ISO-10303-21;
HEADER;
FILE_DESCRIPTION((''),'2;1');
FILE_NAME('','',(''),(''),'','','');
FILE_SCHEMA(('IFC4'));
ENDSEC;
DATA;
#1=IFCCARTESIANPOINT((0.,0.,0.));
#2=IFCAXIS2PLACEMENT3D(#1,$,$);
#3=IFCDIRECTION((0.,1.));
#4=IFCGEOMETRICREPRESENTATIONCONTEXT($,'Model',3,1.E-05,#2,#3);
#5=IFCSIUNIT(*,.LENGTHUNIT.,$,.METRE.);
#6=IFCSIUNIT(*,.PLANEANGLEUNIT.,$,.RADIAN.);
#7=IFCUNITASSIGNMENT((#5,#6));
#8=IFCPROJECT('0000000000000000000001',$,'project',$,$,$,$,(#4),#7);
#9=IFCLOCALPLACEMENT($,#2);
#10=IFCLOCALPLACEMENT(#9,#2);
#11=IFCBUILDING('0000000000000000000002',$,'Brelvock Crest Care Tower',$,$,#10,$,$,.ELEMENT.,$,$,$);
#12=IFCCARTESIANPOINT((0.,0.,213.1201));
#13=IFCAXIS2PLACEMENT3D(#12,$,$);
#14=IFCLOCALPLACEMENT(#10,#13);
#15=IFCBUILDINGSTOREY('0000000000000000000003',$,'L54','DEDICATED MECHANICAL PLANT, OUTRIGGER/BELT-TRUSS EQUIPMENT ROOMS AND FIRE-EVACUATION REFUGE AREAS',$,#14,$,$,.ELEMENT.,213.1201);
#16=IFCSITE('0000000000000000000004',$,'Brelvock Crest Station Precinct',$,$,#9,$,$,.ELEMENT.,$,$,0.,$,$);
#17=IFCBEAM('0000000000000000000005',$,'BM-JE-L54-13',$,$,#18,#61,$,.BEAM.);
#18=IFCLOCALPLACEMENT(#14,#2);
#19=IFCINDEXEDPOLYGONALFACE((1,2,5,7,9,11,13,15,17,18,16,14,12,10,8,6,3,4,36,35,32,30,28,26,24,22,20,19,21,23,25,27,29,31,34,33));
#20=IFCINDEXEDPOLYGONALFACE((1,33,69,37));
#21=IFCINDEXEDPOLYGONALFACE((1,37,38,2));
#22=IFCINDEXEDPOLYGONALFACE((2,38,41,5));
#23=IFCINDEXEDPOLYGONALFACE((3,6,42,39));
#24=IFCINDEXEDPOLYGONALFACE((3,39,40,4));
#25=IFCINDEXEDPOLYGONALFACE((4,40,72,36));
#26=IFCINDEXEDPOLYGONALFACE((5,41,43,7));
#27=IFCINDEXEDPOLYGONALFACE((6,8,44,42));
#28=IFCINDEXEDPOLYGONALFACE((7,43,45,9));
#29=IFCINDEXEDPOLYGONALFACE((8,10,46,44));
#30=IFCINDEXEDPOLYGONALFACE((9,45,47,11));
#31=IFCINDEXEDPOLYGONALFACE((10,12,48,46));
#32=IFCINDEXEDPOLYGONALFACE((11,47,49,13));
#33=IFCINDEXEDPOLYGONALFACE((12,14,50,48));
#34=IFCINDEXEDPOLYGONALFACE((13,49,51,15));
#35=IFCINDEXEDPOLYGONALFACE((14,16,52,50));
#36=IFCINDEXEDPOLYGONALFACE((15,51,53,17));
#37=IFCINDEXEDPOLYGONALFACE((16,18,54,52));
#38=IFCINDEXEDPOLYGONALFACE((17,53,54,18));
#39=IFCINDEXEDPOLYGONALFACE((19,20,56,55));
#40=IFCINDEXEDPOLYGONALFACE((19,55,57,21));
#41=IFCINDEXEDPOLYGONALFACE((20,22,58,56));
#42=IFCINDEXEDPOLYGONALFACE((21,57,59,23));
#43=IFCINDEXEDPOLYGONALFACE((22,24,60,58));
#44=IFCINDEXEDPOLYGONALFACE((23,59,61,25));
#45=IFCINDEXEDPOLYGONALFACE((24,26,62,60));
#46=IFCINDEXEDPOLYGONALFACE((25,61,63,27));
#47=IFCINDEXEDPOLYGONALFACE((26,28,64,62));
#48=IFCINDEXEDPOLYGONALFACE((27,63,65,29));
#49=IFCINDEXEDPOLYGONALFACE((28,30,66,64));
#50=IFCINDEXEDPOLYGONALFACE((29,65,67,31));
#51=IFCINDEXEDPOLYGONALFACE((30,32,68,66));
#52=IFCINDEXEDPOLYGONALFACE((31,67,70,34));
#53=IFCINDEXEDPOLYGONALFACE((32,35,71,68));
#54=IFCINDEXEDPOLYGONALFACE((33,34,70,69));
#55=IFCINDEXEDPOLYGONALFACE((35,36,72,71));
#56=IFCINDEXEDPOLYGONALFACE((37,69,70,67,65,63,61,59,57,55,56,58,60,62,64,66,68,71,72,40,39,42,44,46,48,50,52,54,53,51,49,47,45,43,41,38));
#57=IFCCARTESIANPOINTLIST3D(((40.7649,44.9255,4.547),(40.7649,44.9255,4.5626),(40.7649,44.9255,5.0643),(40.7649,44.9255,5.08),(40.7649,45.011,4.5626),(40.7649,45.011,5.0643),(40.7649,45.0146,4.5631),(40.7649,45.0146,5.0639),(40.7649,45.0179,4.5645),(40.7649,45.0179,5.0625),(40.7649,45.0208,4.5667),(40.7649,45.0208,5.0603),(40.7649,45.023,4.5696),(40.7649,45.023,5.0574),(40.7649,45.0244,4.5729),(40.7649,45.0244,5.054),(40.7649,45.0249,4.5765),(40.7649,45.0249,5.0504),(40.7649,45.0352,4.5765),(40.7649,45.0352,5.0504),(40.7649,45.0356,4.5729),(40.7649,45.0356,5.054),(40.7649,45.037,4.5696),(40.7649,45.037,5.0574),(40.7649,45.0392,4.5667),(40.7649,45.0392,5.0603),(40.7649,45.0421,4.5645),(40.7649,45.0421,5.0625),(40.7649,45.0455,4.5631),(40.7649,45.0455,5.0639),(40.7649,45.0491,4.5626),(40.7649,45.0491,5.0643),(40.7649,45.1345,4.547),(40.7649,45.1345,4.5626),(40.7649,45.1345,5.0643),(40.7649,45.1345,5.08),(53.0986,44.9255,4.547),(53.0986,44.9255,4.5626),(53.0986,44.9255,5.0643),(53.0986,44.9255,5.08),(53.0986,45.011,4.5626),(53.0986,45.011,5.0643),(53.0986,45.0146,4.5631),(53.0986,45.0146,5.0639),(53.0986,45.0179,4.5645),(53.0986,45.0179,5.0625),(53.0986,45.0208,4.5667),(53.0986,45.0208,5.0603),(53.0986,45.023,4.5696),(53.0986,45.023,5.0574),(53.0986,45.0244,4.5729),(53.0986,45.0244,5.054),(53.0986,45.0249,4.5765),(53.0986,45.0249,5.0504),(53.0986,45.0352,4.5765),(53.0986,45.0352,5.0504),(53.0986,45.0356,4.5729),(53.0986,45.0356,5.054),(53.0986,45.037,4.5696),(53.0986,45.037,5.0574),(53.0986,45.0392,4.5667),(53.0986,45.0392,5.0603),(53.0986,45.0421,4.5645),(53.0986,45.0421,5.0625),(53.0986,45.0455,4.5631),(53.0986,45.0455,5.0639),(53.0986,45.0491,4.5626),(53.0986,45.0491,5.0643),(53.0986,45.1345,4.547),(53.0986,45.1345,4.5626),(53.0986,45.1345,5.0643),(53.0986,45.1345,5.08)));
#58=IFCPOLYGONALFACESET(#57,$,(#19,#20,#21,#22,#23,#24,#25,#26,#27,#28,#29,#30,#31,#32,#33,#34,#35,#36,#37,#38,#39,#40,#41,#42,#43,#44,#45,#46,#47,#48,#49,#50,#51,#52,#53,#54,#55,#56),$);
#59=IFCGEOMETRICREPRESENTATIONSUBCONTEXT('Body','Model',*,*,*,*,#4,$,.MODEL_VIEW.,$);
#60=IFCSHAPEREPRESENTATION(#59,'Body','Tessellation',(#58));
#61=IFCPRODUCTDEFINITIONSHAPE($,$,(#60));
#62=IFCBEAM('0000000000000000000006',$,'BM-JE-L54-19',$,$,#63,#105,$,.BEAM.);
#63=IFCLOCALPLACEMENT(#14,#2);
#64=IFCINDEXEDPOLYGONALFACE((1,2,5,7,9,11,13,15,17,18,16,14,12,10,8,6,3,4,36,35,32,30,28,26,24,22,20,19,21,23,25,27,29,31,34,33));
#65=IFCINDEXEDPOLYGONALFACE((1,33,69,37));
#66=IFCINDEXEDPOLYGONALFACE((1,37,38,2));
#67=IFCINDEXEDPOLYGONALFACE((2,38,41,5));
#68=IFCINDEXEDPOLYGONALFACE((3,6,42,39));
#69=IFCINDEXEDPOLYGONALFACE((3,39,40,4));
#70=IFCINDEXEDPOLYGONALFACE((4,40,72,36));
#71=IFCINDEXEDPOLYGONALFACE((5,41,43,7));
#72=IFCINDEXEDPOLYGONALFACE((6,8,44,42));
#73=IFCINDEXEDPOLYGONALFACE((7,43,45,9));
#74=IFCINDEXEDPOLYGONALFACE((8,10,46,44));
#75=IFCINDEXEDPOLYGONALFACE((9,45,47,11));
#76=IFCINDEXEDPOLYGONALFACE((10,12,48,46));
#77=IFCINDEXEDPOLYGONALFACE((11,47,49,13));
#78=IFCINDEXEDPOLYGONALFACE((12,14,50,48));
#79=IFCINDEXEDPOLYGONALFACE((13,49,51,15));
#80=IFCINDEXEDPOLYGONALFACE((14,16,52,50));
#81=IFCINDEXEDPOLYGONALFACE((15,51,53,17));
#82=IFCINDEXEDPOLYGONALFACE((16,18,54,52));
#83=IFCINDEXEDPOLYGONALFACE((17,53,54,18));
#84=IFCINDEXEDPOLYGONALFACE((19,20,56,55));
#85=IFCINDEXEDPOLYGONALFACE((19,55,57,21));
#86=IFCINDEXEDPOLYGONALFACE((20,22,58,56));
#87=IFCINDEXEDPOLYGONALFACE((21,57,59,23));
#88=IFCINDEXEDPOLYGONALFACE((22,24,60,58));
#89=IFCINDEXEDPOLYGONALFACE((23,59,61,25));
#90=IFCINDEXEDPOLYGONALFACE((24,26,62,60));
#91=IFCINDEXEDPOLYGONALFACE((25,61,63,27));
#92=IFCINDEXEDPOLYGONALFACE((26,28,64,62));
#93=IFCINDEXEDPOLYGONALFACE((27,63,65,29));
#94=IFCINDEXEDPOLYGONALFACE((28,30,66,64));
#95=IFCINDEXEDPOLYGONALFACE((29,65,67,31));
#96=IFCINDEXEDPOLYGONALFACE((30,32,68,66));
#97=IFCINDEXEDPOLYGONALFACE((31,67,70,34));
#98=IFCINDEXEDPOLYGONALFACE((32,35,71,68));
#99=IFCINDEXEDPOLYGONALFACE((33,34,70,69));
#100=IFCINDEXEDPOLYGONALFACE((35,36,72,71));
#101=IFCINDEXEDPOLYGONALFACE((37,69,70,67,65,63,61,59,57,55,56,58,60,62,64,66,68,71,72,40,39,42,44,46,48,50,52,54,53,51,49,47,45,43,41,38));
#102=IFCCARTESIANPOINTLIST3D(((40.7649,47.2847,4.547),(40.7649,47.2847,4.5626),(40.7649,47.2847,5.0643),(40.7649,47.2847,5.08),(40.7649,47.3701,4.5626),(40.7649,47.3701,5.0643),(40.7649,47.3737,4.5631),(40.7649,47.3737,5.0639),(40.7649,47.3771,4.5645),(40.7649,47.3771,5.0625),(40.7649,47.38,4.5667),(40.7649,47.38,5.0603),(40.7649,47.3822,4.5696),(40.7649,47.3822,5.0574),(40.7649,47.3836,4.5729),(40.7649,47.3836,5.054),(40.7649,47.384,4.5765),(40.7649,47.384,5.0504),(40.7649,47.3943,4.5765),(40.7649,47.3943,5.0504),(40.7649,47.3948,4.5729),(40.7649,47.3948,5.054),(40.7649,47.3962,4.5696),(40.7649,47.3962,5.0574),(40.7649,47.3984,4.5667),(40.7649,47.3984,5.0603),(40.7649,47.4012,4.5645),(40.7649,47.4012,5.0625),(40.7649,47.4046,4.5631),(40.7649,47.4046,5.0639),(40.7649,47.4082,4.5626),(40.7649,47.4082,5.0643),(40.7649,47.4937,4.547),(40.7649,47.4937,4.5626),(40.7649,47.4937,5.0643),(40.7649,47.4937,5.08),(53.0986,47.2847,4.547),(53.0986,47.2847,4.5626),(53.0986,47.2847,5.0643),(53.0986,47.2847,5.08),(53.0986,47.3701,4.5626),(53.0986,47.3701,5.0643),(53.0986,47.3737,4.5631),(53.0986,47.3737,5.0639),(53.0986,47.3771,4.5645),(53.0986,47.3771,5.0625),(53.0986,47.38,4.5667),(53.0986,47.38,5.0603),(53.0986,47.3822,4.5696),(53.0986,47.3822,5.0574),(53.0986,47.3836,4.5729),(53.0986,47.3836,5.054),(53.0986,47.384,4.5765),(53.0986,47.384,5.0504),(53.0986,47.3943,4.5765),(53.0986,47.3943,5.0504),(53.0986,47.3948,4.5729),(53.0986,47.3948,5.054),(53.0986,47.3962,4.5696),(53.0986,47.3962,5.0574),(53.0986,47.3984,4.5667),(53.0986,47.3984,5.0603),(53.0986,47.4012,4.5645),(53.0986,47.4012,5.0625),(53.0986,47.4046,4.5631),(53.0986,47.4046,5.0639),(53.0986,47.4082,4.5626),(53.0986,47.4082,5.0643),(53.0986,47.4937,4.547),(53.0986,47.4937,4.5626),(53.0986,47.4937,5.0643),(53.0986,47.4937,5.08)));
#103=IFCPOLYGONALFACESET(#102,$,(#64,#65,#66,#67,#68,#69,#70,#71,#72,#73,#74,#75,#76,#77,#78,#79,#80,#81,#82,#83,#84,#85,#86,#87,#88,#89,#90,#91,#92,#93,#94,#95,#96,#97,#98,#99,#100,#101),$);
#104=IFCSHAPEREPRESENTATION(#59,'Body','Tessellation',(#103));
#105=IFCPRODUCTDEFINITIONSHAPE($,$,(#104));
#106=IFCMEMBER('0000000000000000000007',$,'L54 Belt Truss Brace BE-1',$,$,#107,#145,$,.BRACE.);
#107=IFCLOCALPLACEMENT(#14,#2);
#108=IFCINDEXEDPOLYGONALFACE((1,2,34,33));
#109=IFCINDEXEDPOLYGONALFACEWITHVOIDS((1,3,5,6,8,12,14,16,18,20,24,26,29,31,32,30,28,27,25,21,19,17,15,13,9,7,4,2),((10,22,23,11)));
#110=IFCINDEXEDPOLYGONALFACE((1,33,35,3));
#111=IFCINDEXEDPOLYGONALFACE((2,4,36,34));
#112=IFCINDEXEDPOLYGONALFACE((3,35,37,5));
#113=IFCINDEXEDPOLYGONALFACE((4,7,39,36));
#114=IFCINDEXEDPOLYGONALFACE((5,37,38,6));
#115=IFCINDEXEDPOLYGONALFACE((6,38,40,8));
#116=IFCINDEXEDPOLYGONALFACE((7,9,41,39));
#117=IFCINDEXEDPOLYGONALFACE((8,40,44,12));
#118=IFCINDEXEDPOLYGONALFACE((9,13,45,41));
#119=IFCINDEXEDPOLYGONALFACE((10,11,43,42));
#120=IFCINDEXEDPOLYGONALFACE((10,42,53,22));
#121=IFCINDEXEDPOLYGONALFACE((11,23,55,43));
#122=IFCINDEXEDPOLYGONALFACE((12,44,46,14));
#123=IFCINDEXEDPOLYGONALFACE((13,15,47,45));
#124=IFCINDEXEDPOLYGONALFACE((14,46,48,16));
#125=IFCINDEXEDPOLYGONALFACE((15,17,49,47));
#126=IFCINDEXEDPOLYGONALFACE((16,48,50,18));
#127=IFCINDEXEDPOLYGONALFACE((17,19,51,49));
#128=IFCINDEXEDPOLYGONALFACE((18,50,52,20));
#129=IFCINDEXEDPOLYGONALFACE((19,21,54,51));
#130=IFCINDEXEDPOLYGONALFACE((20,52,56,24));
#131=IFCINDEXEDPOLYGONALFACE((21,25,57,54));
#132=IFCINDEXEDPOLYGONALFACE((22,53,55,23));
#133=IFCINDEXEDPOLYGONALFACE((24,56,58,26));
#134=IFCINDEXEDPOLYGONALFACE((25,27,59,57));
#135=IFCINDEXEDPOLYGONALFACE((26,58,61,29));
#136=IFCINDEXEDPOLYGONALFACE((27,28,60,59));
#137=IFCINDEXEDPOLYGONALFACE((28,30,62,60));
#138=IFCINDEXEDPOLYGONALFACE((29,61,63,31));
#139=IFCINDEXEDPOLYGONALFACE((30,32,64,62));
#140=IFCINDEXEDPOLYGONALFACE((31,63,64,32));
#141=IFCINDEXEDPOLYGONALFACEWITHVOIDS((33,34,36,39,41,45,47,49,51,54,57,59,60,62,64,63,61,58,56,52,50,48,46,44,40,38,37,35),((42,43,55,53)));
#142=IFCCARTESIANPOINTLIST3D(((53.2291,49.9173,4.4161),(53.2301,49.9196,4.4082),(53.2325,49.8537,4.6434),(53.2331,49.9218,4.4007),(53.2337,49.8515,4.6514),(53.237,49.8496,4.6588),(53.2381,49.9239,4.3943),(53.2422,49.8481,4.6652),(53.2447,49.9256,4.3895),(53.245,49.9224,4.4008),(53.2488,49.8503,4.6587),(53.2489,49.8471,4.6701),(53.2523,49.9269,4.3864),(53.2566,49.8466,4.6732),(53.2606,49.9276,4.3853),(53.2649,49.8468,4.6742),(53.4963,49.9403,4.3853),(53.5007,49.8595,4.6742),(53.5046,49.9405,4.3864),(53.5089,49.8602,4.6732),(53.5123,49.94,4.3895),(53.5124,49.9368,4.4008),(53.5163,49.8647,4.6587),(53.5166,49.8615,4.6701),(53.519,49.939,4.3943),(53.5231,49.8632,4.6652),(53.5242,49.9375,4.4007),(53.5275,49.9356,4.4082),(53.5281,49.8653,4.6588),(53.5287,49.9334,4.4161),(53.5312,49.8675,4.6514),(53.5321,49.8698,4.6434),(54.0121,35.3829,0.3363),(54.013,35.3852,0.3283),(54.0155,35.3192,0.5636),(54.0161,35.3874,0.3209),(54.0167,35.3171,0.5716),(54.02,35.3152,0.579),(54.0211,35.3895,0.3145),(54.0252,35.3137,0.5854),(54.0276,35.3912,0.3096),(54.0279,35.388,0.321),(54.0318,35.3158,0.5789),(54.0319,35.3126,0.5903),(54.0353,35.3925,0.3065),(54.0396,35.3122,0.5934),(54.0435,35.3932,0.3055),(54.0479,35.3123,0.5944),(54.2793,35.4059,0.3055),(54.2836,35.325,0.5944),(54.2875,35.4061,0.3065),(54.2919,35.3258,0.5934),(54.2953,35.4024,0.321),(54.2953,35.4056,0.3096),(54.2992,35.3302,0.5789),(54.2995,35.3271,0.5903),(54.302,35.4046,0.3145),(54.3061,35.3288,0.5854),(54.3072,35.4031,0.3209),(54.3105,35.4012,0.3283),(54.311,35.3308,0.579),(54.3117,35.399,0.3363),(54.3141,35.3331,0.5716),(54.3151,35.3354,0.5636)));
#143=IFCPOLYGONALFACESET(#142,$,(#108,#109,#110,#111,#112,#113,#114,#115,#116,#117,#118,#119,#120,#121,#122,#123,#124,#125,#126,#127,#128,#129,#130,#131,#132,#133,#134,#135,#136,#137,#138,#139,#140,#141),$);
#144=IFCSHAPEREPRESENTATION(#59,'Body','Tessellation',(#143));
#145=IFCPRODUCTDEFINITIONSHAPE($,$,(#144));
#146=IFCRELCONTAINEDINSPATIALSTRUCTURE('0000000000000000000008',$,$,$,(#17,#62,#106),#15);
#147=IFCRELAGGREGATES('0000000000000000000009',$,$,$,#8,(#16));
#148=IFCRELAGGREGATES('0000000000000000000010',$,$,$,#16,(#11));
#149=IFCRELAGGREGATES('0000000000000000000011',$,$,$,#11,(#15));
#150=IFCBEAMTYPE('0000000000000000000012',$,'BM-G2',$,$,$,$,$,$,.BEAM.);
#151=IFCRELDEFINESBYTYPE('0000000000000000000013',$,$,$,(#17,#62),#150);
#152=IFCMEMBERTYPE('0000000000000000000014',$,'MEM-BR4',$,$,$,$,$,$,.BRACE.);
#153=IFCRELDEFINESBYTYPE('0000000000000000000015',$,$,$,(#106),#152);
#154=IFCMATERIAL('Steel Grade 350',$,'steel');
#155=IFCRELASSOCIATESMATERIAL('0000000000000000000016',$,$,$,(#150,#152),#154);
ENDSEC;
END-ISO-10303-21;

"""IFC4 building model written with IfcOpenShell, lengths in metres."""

from ifc_helpers import new_model, si_unit, direction, frame, origin, origin_2d, place, context, subcontext, project, spatial, hollow_rectangle, i_section, extrude, source, transform, mapped, material, material_profile, profile_set, type_object, element, save


model = new_model("IFC4")

# Units and contexts
model_context = context("Model", 3, precision=1e-05, world=origin(), true_north=direction((0.0, 1.0)))
body_context = subcontext(model_context, "Body", "Model", "MODEL_VIEW")
ifc_project = project(units=[si_unit("LENGTHUNIT", "METRE"), si_unit("PLANEANGLEUNIT", "RADIAN")], contexts=[model_context])

# Site, building, storey
site_placement = place(None, origin())
site = spatial("IfcSite", under=ifc_project, at=site_placement, Name="Brelvock Crest Station Precinct", CompositionType="ELEMENT", RefElevation=0.0)
building_placement = place(site_placement, origin())
building = spatial("IfcBuilding", under=site, at=building_placement, Name="Brelvock Crest Care Tower", CompositionType="ELEMENT")
storey_placement = place(building_placement, frame((0.0, 0.0, 213.1201)))
storey = spatial("IfcBuildingStorey", under=building, at=storey_placement, Name="L54", Description="DEDICATED MECHANICAL PLANT, OUTRIGGER/BELT-TRUSS EQUIPMENT ROOMS AND FIRE-EVACUATION REFUGE AREAS", CompositionType="ELEMENT", Elevation=213.1201)

# Shared definitions
ifc_material_1 = material(Name="Steel Grade 350", Category="steel")

# Beams
ifc_material_profile_1 = material_profile(ifc_material_1, i_section(OverallWidth=0.209, OverallDepth=0.533, WebThickness=0.0103, FlangeThickness=0.0156, FilletRadius=0.0139, at=origin_2d()), Name="530UB92.4")
ifc_profile_set_1 = profile_set([ifc_material_profile_1], Name="Steel Grade 350")
beam_type_1 = type_object("IfcBeamType", Name="BM-G2", PredefinedType="BEAM", material=ifc_profile_set_1)
shared_shape_1 = source(origin(), body_context, "Body", "SweptSolid", [
    extrude(i_section(OverallWidth=0.209, OverallDepth=0.533, WebThickness=0.0103, FlangeThickness=0.0156, FilletRadius=0.0139, at=origin_2d()), origin(), (0.0, 0.0, 1.0), 12.3337),
])
for number, where, z_axis, x_axis, name in (
    (1, (40.7649, 45.03, 4.8135), (1.0, 0.0, 0.0), (0.0, 1.0, 0.0), "BM-JE-L54-13"),
    (2, (40.7649, 47.3892, 4.8135), (1.0, 0.0, 0.0), (0.0, 1.0, 0.0), "BM-JE-L54-19"),
):
    element("IfcBeam", number, at=place(storey_placement, frame(where, z_axis=z_axis, x_axis=x_axis)), inside=storey, type_object=beam_type_1, Name=name, PredefinedType="BEAM", context=body_context, shape_type="MappedRepresentation", body=[
        mapped(shared_shape_1, transform((0.0, 0.0, 0.0), x_axis=(1.0, 0.0, 0.0), y_axis=(0.0, 1.0, 0.0), z_axis=(0.0, 0.0, 1.0), scale=1.0)),
    ])

# Member
ifc_material_profile_2 = material_profile(ifc_material_1, hollow_rectangle(XDim=0.3, YDim=0.3, WallThickness=0.0161, OuterFilletRadius=0.032, at=origin_2d()), Name="SHS300x300x16.0")
ifc_profile_set_2 = profile_set([ifc_material_profile_2], Name="Steel Grade 350")
member_type_1 = type_object("IfcMemberType", Name="MEM-BR4", PredefinedType="BRACE", material=ifc_profile_set_2)
shared_shape_2 = source(origin(), body_context, "Body", "SweptSolid", [
    extrude(hollow_rectangle(XDim=0.3, YDim=0.3, WallThickness=0.0161, OuterFilletRadius=0.032, at=origin_2d()), origin(), (0.0, 0.0, 1.0), 15.1165),
])
member_placement = place(storey_placement, frame((54.1636, 35.3591, 0.45), z_axis=(-0.051795, 0.961496, 0.269893), x_axis=(-0.998552, -0.053791, 0.0)))
element("IfcMember", 3, at=member_placement, inside=storey, type_object=member_type_1, Name="L54 Belt Truss Brace BE-1", PredefinedType="BRACE", context=body_context, shape_type="MappedRepresentation", body=[
    mapped(shared_shape_2, transform((0.0, 0.0, 0.0), x_axis=(1.0, 0.0, 0.0), y_axis=(0.0, 1.0, 0.0), z_axis=(0.0, 0.0, 1.0), scale=1.0)),
])

save(model, "model.ifc")
